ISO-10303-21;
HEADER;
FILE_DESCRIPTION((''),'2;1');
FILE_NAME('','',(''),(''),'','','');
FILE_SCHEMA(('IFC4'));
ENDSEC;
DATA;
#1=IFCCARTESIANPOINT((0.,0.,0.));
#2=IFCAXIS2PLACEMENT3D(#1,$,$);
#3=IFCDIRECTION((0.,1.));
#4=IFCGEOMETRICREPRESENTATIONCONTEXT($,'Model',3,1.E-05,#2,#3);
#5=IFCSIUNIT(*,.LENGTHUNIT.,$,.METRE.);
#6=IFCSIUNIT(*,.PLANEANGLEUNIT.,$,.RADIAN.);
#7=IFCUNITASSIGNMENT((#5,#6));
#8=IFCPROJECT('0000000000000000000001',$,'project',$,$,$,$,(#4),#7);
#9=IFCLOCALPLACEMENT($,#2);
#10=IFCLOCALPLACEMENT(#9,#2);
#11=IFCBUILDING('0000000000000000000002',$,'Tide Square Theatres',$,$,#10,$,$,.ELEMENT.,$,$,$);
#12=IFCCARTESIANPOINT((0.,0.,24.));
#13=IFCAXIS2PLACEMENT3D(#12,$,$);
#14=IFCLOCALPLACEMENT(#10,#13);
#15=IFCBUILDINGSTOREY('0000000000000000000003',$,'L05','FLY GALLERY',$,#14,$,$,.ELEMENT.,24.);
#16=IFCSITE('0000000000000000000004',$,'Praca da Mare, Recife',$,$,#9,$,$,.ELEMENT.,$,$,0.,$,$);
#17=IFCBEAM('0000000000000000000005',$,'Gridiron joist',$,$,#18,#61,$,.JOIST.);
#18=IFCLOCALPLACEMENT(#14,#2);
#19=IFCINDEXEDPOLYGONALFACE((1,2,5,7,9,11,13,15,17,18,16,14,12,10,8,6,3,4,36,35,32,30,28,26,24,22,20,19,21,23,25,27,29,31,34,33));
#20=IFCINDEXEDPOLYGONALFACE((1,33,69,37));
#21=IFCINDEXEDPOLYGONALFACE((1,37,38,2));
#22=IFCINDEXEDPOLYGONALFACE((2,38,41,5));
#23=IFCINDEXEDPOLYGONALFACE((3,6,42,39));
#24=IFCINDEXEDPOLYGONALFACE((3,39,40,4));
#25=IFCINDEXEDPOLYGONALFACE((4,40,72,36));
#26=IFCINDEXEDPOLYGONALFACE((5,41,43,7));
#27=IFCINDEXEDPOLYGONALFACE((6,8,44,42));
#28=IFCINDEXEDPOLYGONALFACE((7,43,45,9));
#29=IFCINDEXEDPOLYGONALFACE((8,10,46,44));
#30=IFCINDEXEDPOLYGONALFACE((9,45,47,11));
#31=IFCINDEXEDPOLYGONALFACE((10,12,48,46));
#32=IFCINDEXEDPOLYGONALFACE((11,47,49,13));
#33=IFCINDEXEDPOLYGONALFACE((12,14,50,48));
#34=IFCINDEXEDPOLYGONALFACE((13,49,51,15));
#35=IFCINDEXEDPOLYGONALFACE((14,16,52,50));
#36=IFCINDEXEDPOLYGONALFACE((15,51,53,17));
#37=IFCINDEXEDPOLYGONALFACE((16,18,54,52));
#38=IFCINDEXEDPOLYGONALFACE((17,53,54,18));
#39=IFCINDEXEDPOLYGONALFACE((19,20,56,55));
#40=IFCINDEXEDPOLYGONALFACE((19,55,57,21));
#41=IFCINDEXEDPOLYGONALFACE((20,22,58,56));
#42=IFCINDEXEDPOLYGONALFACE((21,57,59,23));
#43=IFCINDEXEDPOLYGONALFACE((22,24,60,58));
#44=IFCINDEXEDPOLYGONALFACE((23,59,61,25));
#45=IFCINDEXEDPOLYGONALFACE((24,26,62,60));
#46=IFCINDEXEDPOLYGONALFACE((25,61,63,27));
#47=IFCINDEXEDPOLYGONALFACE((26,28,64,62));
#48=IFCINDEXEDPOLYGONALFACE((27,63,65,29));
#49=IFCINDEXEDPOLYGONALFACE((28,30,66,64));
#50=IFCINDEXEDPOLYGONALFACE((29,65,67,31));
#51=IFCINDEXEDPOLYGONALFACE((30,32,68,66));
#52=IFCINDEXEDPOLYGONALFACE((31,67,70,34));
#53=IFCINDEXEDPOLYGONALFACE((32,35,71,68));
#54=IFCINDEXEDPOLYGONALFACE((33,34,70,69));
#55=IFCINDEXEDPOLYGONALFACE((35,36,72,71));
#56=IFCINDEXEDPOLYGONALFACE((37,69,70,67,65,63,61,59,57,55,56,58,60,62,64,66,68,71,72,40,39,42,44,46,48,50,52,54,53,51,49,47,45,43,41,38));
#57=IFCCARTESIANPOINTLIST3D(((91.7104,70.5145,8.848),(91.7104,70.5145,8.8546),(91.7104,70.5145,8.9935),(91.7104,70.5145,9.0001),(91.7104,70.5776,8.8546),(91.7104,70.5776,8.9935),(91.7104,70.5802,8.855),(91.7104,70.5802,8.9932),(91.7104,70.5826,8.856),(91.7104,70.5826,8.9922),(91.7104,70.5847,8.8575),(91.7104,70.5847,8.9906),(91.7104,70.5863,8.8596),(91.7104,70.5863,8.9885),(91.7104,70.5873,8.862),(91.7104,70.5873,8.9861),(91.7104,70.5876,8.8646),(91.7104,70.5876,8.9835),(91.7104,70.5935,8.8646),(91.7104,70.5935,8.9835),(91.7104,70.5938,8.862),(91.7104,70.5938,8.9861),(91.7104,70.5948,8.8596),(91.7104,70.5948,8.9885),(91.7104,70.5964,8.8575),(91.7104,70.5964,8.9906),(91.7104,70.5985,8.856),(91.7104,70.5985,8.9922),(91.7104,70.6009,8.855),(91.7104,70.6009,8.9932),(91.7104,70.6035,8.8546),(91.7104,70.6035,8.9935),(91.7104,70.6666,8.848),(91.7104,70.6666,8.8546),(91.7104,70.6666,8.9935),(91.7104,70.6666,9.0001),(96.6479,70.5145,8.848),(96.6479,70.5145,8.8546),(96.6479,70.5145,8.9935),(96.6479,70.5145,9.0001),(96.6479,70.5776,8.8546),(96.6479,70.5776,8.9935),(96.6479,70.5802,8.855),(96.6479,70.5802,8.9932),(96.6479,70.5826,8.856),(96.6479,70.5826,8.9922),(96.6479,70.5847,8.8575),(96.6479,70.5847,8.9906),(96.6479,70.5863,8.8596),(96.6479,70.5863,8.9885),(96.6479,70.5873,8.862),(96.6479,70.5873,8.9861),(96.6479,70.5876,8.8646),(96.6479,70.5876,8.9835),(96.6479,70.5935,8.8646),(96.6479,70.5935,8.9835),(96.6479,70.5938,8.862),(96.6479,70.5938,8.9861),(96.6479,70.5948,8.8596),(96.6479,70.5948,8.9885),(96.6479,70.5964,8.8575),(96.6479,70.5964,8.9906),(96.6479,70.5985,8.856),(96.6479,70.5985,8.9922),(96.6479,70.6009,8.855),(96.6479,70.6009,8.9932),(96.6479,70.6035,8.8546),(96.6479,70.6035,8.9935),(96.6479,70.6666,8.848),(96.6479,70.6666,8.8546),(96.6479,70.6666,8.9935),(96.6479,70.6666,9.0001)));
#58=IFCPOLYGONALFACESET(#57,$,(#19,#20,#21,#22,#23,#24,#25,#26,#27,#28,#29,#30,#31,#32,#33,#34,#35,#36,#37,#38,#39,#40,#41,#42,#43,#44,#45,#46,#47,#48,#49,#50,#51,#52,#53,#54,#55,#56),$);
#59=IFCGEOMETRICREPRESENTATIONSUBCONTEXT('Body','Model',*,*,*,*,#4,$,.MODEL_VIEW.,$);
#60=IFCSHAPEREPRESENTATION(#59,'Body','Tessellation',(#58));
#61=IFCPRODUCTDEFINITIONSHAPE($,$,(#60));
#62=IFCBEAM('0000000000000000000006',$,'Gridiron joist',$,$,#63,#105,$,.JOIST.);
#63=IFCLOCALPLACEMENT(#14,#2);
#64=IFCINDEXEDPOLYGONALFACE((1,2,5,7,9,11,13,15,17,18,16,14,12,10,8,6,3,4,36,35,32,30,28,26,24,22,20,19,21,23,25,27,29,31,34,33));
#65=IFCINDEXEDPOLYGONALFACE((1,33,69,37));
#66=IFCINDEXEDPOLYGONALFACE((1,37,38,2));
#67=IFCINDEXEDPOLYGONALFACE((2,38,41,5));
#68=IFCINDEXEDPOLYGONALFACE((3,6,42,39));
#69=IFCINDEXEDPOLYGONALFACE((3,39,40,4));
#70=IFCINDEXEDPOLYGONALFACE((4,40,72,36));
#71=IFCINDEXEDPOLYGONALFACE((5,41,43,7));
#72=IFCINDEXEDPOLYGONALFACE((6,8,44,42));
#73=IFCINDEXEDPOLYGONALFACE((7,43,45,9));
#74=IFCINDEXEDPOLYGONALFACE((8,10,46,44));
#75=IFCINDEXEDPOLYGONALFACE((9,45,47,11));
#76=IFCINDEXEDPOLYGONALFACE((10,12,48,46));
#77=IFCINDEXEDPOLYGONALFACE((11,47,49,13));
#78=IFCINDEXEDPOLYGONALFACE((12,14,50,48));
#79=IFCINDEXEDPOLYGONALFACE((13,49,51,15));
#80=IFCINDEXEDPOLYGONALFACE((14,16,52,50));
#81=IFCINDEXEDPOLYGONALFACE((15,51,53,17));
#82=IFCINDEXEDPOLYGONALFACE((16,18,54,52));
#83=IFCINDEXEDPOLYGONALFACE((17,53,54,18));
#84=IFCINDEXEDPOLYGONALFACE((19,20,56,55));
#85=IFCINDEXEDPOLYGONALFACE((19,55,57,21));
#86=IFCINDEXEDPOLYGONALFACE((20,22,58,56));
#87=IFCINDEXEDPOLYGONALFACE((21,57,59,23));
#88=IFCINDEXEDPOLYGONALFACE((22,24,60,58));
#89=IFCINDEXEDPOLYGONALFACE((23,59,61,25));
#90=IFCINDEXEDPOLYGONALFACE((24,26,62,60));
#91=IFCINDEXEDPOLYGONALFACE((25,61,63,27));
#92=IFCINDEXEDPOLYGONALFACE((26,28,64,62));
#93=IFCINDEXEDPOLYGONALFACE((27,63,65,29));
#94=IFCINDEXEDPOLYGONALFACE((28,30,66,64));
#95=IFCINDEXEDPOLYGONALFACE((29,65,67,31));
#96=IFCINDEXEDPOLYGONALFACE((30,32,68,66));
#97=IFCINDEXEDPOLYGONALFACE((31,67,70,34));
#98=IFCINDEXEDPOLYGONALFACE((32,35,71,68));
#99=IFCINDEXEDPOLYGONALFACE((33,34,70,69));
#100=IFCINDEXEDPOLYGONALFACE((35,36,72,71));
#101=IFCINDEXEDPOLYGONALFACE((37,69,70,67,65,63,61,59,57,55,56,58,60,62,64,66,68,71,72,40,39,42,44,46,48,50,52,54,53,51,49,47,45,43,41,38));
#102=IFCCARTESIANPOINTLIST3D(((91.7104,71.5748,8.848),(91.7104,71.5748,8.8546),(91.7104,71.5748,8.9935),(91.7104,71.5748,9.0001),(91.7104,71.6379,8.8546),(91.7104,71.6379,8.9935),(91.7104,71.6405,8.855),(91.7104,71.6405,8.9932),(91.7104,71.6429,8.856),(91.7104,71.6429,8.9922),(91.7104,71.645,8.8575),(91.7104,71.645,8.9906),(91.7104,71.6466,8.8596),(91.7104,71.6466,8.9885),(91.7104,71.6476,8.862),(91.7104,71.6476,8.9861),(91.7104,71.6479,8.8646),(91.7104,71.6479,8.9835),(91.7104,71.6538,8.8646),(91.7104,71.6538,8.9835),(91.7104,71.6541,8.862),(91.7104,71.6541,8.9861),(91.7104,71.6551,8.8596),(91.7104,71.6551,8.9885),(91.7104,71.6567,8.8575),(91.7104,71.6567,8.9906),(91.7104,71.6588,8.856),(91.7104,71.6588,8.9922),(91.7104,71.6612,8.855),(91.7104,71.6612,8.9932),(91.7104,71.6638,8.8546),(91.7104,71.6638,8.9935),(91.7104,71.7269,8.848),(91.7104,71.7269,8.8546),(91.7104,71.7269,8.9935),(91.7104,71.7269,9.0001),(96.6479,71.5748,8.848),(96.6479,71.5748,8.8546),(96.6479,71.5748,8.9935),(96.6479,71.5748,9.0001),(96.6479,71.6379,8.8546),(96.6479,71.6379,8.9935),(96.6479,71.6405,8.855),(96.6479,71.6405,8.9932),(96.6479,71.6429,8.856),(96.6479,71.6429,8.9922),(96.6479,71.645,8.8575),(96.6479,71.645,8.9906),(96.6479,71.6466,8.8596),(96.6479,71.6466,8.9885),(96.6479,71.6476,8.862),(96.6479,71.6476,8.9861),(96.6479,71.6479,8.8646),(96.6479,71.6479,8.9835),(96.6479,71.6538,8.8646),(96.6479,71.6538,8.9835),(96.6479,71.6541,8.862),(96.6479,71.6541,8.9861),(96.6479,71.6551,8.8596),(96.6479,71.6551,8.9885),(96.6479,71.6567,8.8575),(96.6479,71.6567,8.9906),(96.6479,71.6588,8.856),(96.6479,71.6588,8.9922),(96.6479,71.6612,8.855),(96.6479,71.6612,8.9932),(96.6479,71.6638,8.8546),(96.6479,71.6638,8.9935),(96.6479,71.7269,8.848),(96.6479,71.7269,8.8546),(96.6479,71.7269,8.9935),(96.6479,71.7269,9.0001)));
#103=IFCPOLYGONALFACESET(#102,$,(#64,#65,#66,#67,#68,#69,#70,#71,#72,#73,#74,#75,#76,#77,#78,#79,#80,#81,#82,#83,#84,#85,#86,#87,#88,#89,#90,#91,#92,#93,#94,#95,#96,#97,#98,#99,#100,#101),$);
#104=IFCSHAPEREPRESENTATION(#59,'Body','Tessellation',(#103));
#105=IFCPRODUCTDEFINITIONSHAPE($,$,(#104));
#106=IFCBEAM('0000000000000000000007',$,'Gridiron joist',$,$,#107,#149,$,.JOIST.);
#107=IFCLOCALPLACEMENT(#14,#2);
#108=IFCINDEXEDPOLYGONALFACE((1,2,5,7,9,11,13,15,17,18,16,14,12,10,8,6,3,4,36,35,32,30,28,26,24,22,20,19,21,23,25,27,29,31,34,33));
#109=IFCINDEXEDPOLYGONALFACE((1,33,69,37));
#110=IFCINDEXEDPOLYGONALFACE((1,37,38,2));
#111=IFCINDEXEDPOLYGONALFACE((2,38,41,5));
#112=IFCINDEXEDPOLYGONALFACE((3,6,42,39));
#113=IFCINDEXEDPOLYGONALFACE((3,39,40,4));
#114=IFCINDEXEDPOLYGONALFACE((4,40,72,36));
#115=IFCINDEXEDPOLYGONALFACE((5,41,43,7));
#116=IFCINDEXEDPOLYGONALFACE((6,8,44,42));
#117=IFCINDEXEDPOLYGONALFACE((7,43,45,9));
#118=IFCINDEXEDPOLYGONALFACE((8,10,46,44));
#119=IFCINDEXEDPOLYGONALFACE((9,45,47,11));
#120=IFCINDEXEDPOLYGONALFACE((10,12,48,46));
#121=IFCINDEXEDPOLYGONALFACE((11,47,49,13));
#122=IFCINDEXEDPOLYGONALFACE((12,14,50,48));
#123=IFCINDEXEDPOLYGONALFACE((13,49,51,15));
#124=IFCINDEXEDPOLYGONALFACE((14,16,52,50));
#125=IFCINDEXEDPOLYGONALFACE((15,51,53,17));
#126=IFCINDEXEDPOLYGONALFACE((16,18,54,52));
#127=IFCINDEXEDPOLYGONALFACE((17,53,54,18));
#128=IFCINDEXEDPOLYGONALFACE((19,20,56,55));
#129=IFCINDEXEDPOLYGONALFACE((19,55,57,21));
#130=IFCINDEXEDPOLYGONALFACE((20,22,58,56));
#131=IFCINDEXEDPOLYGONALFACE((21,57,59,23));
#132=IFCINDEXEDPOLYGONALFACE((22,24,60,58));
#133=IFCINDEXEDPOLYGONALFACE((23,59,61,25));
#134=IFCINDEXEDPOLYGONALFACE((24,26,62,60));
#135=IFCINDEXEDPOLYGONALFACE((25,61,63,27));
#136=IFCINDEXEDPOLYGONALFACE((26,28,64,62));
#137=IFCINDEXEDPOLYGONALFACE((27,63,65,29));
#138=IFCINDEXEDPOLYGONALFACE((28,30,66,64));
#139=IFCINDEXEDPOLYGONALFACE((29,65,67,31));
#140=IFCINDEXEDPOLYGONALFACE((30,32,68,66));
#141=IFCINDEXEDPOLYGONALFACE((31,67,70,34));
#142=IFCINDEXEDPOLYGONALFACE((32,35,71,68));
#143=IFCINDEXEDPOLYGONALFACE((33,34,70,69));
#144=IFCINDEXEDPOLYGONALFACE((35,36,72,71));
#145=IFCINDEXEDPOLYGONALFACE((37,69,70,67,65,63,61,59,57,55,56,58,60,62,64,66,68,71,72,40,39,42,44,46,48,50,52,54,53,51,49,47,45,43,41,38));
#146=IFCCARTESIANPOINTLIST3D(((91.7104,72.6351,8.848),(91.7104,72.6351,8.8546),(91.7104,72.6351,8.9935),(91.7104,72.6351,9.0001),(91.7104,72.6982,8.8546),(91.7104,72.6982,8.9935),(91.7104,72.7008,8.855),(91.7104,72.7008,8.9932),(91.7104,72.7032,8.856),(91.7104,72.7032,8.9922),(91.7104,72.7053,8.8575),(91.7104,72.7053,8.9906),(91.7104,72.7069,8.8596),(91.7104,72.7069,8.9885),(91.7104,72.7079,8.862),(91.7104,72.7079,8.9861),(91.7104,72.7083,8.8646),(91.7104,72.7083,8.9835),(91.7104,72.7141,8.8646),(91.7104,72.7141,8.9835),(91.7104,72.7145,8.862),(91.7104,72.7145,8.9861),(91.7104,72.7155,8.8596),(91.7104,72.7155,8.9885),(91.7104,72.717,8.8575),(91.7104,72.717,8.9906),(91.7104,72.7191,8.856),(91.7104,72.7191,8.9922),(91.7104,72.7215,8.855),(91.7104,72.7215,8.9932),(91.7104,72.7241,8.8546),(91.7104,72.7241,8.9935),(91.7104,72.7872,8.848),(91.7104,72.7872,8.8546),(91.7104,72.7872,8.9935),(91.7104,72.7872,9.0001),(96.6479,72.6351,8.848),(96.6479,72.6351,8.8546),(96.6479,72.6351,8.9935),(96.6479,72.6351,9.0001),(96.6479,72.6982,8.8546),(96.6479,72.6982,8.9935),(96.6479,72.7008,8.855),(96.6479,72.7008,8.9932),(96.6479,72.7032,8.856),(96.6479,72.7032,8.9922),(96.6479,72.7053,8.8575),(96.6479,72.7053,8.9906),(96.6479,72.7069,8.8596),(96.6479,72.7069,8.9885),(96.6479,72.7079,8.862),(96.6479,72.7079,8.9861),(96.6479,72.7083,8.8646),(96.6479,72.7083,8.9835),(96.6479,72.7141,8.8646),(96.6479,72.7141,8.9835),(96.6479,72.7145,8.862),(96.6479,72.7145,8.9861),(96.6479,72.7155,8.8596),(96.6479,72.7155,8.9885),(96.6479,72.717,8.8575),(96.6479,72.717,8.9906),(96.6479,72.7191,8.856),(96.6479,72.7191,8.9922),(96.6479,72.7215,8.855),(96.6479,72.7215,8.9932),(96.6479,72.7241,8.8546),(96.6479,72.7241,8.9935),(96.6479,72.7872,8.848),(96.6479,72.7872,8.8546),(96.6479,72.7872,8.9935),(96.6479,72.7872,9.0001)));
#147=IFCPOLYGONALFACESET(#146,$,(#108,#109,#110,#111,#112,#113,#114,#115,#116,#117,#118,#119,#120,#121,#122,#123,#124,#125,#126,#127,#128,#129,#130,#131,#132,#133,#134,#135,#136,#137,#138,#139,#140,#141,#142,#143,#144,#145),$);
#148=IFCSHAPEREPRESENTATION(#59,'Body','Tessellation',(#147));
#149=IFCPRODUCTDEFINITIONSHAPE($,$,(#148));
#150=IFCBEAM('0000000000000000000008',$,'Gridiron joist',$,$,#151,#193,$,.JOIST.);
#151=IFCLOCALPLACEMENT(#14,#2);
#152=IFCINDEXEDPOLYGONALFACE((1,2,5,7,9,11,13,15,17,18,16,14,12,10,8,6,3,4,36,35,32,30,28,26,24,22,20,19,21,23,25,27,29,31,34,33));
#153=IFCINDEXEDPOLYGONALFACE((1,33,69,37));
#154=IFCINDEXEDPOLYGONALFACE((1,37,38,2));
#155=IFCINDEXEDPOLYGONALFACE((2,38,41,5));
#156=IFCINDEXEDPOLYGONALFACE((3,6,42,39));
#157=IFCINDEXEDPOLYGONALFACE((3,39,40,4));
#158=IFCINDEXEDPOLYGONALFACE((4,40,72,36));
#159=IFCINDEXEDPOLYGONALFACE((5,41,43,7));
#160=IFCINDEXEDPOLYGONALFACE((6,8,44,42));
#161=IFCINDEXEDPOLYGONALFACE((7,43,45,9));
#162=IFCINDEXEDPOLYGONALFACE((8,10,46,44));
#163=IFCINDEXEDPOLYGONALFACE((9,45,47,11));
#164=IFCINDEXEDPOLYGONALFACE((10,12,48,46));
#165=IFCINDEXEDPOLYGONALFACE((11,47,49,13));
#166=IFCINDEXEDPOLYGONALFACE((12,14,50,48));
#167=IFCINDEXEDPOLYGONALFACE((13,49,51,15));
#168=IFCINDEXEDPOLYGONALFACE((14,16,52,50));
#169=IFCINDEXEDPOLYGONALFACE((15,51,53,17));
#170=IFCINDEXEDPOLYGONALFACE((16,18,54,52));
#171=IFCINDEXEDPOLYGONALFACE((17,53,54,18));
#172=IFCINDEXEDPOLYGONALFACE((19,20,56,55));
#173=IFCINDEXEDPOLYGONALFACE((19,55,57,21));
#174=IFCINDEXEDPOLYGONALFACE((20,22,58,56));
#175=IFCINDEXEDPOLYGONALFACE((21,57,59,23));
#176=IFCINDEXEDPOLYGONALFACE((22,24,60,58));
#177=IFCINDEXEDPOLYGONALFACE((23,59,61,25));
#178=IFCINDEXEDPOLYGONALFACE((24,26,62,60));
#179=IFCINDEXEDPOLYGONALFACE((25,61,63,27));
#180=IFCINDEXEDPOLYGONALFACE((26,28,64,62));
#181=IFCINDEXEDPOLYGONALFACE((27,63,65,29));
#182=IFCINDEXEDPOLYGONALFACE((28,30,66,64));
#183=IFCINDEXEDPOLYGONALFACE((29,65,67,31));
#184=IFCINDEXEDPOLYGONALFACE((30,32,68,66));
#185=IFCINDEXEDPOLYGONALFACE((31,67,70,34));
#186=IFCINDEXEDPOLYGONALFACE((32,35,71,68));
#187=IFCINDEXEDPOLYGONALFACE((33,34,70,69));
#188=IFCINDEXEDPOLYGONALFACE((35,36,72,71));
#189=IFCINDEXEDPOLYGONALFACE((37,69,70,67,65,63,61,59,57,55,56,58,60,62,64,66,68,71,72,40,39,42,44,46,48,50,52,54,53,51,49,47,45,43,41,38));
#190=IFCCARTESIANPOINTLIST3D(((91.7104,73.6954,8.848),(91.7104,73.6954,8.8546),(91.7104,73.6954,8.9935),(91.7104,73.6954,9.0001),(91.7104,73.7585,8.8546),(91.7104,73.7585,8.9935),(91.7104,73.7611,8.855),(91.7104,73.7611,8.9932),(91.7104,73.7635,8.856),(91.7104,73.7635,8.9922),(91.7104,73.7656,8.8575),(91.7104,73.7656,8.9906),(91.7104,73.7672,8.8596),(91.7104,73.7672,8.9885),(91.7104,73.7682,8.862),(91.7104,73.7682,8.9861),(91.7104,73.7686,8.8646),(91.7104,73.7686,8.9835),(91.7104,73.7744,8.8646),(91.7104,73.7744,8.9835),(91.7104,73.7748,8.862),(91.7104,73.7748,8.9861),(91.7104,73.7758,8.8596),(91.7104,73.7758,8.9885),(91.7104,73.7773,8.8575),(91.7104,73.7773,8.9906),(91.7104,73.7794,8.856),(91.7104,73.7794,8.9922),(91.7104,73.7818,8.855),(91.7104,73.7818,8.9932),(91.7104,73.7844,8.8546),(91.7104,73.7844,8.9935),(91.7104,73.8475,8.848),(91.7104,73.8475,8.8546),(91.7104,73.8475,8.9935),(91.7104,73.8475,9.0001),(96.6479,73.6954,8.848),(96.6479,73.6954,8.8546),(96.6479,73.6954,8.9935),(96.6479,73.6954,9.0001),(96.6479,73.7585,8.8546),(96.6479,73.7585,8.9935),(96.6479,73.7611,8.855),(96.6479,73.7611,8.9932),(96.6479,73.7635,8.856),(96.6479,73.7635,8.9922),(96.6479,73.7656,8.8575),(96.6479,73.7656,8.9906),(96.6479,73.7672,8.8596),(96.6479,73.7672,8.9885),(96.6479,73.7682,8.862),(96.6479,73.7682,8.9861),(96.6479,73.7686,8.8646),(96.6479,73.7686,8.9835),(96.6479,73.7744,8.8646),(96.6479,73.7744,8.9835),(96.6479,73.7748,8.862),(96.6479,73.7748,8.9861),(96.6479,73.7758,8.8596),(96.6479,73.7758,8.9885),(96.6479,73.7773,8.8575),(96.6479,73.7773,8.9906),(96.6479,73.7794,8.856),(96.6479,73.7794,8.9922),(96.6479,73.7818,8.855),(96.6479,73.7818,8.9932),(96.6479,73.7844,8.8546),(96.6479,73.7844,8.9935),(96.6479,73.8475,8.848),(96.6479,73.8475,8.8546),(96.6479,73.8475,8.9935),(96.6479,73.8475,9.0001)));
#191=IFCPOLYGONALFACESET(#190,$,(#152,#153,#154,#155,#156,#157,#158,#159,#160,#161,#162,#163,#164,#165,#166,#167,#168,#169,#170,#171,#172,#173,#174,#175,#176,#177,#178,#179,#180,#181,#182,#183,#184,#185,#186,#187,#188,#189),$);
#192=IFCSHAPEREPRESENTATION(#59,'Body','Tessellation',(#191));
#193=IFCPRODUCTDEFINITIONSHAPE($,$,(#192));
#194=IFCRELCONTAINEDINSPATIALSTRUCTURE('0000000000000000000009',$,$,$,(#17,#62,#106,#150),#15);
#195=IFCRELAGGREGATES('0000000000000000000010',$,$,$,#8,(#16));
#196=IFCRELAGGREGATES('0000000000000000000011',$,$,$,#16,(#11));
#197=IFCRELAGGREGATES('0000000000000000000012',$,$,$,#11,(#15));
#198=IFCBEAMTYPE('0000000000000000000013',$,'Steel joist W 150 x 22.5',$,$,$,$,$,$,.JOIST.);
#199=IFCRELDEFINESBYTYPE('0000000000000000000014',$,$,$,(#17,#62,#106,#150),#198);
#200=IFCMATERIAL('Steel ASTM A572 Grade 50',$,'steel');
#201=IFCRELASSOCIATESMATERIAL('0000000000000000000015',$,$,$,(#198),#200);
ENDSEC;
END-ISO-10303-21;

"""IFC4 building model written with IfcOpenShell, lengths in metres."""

from ifc_helpers import new_model, si_unit, direction, frame, origin, origin_2d, place, context, subcontext, project, spatial, i_section, extrude, material, material_profile, profile_set, type_object, element, save


model = new_model("IFC4")

# Units and contexts
model_context = context("Model", 3, precision=1e-05, world=origin(), true_north=direction((0.0, 1.0)))
body_context = subcontext(model_context, "Body", "Model", "MODEL_VIEW")
ifc_project = project(units=[si_unit("LENGTHUNIT", "METRE"), si_unit("PLANEANGLEUNIT", "RADIAN")], contexts=[model_context])

# Site, building, storey
site_placement = place(None, origin())
site = spatial("IfcSite", under=ifc_project, at=site_placement, Name="Praca da Mare, Recife", CompositionType="ELEMENT", RefElevation=0.0)
building_placement = place(site_placement, origin())
building = spatial("IfcBuilding", under=site, at=building_placement, Name="Tide Square Theatres", CompositionType="ELEMENT")
storey_placement = place(building_placement, frame((0.0, 0.0, 24.0)))
storey = spatial("IfcBuildingStorey", under=building, at=storey_placement, Name="L05", Description="FLY GALLERY", CompositionType="ELEMENT", Elevation=24.0)

# Beams
ifc_material_1 = material(Name="Steel ASTM A572 Grade 50", Category="steel")
ifc_material_profile_1 = material_profile(ifc_material_1, i_section(OverallWidth=0.1521, OverallDepth=0.1521, WebThickness=0.0059, FlangeThickness=0.0066, FilletRadius=0.01, at=origin_2d()))
ifc_profile_set_1 = profile_set([ifc_material_profile_1], Name="Steel ASTM A572 Grade 50")
beam_type_1 = type_object("IfcBeamType", Name="Steel joist W 150 x 22.5", PredefinedType="JOIST", material=ifc_profile_set_1)
for number, where, z_axis, x_axis, name in (
    (1, (91.7104, 70.5906, 8.9241), (1.0, 0.0, 0.0), (0.0, 1.0, 0.0), "Gridiron joist"),
    (2, (91.7104, 71.6509, 8.9241), (1.0, 0.0, 0.0), (0.0, 1.0, 0.0), "Gridiron joist"),
    (3, (91.7104, 72.7112, 8.9241), (1.0, 0.0, 0.0), (0.0, 1.0, 0.0), "Gridiron joist"),
    (4, (91.7104, 73.7715, 8.9241), (1.0, 0.0, 0.0), (0.0, 1.0, 0.0), "Gridiron joist"),
):
    element("IfcBeam", number, at=place(storey_placement, frame(where, z_axis=z_axis, x_axis=x_axis)), inside=storey, type_object=beam_type_1, Name=name, PredefinedType="JOIST", context=body_context, shape_type="SweptSolid", body=[
        extrude(i_section(OverallWidth=0.1521, OverallDepth=0.1521, WebThickness=0.0059, FlangeThickness=0.0066, FilletRadius=0.01, at=origin_2d()), origin(), (0.0, 0.0, 1.0), 4.9375),
    ])

save(model, "model.ifc")
